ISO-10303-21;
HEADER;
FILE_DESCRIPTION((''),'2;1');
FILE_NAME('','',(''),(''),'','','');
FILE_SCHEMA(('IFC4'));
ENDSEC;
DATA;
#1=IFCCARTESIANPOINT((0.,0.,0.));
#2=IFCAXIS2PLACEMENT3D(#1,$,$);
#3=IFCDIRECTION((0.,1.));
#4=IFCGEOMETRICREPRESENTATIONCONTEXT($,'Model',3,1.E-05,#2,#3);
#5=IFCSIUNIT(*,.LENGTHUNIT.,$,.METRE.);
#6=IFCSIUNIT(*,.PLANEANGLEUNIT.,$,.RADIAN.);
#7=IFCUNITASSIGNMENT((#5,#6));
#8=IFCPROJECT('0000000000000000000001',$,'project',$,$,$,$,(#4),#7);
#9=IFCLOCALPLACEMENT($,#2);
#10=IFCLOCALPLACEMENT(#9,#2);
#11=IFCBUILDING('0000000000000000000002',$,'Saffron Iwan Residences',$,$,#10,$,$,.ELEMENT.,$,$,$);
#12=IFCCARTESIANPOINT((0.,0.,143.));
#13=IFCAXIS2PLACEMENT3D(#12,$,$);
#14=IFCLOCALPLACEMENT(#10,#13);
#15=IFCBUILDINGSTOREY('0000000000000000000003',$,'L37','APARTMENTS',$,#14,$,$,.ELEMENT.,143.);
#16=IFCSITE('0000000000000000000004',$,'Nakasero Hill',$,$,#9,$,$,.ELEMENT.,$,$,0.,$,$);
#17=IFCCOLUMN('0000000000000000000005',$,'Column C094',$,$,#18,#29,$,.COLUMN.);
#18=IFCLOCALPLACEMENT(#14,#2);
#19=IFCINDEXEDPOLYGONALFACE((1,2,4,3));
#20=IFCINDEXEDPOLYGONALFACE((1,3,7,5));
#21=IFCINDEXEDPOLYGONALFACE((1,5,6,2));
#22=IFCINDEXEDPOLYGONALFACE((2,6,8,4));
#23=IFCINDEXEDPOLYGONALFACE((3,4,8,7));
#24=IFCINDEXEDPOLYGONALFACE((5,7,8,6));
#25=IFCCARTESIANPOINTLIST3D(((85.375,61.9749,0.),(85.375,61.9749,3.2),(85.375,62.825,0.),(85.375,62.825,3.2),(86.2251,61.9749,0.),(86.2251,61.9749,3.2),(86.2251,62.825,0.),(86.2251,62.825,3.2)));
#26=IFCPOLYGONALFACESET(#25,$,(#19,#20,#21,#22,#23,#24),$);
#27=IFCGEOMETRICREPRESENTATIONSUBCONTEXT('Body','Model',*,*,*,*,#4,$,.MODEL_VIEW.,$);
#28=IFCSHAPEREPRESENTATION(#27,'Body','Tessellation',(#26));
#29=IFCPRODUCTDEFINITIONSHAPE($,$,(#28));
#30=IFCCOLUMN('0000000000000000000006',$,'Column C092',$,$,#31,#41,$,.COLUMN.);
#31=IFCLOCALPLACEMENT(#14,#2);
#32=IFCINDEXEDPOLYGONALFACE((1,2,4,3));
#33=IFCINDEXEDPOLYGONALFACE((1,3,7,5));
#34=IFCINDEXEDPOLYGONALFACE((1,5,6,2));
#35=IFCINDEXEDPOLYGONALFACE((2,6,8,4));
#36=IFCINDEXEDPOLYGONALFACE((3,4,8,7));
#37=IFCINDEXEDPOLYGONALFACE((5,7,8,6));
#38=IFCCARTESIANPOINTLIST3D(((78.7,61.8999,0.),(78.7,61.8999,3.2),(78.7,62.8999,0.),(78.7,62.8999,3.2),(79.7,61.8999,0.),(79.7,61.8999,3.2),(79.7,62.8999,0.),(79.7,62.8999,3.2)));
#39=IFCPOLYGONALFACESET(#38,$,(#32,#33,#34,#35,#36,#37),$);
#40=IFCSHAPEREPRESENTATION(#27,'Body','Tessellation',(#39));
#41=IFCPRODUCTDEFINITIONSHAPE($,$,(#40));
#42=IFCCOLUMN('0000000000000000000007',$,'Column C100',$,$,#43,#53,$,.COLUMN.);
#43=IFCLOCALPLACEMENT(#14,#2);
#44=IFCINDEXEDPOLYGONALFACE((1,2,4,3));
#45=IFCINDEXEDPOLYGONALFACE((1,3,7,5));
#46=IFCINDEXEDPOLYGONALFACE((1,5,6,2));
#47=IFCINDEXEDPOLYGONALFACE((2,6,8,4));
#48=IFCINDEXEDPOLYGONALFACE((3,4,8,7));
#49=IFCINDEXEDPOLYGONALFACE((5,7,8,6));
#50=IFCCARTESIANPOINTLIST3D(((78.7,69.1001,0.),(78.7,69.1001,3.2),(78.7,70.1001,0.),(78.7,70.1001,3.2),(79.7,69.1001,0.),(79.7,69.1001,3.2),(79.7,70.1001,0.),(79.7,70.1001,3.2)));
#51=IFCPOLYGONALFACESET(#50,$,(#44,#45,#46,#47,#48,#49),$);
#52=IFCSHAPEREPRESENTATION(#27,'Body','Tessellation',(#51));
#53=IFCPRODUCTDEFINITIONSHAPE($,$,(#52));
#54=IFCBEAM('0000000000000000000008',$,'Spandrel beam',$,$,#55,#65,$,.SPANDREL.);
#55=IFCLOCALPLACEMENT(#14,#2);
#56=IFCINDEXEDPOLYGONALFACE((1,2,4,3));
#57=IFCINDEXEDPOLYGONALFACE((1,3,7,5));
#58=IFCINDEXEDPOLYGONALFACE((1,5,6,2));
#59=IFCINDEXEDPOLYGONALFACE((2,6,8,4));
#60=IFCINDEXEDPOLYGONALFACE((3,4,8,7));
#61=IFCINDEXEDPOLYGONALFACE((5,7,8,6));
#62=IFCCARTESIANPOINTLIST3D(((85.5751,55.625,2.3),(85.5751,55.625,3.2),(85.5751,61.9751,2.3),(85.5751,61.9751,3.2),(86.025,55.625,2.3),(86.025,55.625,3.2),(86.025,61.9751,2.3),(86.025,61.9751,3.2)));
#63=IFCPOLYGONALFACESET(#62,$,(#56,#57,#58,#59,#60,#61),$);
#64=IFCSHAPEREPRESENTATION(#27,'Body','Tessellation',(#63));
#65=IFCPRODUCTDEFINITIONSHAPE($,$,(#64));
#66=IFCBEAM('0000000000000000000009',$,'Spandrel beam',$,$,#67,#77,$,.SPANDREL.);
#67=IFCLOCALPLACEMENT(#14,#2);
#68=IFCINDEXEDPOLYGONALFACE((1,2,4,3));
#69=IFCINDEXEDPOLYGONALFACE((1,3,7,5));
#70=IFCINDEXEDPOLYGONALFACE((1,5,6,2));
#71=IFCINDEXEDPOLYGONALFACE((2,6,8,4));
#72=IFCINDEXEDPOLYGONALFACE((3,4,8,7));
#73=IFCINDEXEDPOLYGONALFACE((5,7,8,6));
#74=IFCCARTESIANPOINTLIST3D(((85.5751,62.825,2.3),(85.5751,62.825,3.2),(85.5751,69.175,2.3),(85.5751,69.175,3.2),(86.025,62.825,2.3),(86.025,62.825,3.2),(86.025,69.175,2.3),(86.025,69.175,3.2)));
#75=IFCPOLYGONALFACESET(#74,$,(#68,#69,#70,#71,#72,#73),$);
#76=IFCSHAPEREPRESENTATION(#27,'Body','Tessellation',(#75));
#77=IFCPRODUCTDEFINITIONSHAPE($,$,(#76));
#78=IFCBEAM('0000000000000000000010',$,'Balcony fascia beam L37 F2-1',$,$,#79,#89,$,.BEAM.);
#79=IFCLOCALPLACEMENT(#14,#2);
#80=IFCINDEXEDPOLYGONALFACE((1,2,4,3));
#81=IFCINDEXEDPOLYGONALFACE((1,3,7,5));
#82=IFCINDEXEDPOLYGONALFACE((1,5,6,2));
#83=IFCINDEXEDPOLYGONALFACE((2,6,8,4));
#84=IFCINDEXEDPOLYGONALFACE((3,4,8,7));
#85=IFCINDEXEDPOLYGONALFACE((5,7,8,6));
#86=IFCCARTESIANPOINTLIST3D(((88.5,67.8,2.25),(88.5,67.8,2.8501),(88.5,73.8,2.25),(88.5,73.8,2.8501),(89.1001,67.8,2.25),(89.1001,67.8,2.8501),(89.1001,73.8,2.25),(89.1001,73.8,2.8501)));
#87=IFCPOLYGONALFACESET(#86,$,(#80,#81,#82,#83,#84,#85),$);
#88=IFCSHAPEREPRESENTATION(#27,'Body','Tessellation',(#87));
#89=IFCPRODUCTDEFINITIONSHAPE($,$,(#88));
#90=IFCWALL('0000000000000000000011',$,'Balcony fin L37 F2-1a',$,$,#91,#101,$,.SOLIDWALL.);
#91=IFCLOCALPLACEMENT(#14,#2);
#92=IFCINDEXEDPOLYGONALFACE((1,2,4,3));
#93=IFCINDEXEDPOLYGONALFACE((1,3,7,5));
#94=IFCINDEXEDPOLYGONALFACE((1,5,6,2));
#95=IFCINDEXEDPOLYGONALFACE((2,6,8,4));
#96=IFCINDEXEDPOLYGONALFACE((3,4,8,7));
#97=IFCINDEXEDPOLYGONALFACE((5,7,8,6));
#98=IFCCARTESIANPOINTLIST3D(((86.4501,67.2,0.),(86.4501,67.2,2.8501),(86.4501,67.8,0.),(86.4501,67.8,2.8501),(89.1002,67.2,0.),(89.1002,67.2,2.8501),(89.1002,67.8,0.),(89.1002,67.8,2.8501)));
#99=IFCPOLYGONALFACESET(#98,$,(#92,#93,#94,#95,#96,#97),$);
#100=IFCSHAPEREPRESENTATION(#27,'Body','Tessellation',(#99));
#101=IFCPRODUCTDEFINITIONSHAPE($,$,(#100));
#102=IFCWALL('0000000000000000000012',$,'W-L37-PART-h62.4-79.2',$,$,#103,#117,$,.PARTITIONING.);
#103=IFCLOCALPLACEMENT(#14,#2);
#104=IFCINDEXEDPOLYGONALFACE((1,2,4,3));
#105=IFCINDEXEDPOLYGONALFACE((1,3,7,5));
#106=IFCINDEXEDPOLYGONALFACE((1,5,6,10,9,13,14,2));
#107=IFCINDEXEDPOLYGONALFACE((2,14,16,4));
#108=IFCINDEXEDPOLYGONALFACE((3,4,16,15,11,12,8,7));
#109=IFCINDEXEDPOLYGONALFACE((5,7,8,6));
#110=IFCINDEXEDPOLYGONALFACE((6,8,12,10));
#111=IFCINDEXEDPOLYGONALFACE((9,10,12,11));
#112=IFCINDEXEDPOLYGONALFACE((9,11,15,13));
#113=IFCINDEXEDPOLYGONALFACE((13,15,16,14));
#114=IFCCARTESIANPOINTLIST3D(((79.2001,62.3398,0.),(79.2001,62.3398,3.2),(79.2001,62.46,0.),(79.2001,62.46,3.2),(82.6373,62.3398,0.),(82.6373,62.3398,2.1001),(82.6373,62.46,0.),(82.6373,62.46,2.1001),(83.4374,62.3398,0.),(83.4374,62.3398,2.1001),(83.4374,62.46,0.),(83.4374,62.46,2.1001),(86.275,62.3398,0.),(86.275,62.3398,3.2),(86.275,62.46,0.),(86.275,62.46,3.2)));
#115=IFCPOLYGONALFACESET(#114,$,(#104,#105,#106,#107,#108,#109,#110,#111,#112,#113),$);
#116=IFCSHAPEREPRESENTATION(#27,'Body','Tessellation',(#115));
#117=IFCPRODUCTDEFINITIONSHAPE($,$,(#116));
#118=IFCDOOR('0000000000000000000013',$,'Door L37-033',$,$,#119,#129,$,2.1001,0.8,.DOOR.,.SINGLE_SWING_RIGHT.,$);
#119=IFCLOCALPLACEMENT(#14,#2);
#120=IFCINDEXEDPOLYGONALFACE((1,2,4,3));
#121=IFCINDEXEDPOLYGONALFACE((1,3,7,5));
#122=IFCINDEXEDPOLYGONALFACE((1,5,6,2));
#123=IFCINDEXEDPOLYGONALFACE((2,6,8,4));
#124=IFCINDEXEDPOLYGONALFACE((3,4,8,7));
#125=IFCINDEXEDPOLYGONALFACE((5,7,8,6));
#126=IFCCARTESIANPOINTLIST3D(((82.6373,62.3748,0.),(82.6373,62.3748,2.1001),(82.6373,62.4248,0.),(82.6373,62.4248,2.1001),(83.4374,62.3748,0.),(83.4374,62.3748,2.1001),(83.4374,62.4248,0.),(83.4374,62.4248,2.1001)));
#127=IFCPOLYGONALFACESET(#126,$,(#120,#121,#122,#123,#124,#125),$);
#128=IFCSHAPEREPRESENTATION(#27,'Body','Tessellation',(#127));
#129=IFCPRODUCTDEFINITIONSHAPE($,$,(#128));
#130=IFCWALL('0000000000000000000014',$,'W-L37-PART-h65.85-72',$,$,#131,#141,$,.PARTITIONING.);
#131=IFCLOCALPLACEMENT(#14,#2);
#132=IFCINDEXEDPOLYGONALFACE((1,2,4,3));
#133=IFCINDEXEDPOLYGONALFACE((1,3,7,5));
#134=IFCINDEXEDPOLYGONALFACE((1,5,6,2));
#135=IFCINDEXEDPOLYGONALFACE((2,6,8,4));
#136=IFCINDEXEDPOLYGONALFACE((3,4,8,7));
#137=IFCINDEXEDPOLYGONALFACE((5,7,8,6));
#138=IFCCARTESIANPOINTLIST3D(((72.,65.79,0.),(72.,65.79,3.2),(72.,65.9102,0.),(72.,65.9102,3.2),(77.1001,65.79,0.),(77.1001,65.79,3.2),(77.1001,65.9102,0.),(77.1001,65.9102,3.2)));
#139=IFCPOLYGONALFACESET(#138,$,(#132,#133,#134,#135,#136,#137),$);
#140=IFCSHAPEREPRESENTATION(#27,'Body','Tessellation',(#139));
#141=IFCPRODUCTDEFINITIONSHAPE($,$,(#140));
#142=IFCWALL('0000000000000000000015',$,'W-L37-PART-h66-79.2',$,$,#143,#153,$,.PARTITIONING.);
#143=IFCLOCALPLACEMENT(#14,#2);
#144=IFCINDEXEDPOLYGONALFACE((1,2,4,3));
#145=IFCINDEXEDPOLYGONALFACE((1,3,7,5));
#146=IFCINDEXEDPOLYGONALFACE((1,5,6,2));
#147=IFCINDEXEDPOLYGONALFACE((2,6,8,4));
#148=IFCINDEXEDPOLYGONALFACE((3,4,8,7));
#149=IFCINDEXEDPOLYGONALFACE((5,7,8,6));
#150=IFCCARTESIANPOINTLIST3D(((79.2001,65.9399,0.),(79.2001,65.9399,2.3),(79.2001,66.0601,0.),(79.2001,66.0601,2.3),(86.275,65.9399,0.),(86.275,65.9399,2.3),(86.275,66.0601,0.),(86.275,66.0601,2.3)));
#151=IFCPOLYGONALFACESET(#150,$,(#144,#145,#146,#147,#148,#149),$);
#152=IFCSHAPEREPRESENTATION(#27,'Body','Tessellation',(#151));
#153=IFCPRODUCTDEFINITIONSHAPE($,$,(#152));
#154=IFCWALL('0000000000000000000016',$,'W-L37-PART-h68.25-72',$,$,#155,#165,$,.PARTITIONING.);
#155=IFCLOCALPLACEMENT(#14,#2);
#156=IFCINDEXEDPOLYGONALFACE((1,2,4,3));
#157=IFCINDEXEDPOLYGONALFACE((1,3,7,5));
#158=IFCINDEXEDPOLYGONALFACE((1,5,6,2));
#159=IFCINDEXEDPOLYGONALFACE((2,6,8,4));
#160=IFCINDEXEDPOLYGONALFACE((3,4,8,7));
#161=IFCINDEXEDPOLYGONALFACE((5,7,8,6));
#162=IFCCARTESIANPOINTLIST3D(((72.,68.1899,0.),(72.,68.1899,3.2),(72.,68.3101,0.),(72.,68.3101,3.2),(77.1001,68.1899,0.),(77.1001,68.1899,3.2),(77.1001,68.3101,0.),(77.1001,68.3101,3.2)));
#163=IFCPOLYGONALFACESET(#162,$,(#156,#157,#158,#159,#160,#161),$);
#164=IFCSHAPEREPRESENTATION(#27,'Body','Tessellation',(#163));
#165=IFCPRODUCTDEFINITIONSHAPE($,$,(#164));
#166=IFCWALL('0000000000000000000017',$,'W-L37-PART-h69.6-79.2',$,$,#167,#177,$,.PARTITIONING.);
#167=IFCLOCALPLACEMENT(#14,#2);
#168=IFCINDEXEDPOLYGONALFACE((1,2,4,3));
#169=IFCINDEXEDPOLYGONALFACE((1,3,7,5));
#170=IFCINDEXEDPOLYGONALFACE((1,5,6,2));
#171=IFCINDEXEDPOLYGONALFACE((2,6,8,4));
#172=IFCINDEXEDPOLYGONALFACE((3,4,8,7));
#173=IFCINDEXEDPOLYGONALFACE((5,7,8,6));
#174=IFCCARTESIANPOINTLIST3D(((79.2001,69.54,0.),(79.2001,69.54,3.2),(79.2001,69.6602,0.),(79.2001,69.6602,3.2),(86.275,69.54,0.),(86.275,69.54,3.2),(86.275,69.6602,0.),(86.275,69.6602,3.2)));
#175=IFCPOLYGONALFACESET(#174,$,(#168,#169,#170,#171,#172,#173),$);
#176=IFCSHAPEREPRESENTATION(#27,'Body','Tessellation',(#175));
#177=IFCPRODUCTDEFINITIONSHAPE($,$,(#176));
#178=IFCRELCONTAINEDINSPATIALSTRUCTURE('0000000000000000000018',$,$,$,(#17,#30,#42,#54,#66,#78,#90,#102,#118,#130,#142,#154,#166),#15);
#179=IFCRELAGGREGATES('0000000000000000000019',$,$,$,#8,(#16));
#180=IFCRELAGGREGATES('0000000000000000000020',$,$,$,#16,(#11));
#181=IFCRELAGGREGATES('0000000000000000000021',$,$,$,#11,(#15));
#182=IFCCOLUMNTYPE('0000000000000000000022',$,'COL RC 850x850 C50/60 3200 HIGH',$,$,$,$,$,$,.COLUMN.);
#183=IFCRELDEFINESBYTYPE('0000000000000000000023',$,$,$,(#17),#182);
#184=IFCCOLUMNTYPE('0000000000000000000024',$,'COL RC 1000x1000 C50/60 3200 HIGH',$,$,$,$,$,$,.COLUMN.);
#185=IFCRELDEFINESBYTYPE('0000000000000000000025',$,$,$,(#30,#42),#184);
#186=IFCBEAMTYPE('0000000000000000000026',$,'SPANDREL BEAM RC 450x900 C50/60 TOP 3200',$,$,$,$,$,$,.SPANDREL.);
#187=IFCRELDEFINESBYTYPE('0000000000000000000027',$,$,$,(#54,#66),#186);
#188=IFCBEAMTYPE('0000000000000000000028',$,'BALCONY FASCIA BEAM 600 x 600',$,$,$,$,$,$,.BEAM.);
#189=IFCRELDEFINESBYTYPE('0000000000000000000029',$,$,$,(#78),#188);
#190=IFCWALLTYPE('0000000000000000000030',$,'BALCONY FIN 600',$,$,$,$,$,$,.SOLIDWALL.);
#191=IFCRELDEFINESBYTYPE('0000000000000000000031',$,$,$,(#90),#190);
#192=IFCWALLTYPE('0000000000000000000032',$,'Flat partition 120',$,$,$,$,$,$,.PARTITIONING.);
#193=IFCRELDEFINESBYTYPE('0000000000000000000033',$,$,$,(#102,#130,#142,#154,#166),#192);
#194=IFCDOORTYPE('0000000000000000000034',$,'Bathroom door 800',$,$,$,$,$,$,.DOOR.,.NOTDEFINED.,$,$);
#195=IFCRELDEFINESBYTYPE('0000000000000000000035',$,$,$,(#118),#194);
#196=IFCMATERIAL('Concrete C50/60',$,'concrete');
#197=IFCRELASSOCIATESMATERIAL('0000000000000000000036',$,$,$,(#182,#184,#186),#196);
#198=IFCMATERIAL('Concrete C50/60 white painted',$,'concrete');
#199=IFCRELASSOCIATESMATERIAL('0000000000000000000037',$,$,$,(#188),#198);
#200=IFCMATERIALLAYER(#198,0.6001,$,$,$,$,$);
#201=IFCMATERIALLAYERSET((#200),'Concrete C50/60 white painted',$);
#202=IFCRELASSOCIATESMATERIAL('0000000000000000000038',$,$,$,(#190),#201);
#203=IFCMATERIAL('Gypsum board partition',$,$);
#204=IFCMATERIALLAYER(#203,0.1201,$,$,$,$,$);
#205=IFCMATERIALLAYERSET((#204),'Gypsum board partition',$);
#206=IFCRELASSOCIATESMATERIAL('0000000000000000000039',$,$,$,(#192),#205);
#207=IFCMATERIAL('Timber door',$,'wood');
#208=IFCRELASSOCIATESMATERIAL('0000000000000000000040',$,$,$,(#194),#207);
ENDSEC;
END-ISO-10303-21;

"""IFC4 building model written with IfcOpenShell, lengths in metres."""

from ifc_helpers import new_model, si_unit, direction, frame, frame_2d, origin, origin_2d, place, context, subcontext, project, spatial, rectangle, extrude, source, transform, mapped, material, layer, layer_set, material_profile, profile_set, type_object, element, fill, save


model = new_model("IFC4")

# Units and contexts
model_context = context("Model", 3, precision=1e-05, world=origin(), true_north=direction((0.0, 1.0)))
body_context = subcontext(model_context, "Body", "Model", "MODEL_VIEW")
ifc_project = project(units=[si_unit("LENGTHUNIT", "METRE"), si_unit("PLANEANGLEUNIT", "RADIAN")], contexts=[model_context])

# Site, building, storey
site_placement = place(None, origin())
site = spatial("IfcSite", under=ifc_project, at=site_placement, Name="Nakasero Hill", CompositionType="ELEMENT", RefElevation=0.0)
building_placement = place(site_placement, origin())
building = spatial("IfcBuilding", under=site, at=building_placement, Name="Saffron Iwan Residences", CompositionType="ELEMENT")
storey_placement = place(building_placement, frame((0.0, 0.0, 143.0)))
storey = spatial("IfcBuildingStorey", under=building, at=storey_placement, Name="L37", Description="APARTMENTS", CompositionType="ELEMENT", Elevation=143.0)

# Columns
ifc_material_1 = material(Name="Concrete C50/60", Category="concrete")
ifc_material_profile_1 = material_profile(ifc_material_1, rectangle(XDim=0.8501, YDim=0.8501, at=origin_2d()), Name="RC 850x850")
ifc_profile_set_1 = profile_set([ifc_material_profile_1], Name="Concrete C50/60")
column_type_1 = type_object("IfcColumnType", Name="COL RC 850x850 C50/60 3200 HIGH", PredefinedType="COLUMN", material=ifc_profile_set_1)
shared_shape_1 = source(origin(), body_context, "Body", "SweptSolid", [
    extrude(rectangle(XDim=0.8501, YDim=0.8501, at=origin_2d()), origin(), (0.0, 0.0, 1.0), 3.2),
])
column_placement = place(storey_placement, frame((85.8, 62.3999, 0.0), z_axis=(0.0, 0.0, 1.0), x_axis=(1.0, 0.0, 0.0)))
element("IfcColumn", 1, at=column_placement, inside=storey, type_object=column_type_1, Name="Column C094", PredefinedType="COLUMN", context=body_context, shape_type="MappedRepresentation", body=[
    mapped(shared_shape_1, transform((0.0, 0.0, 0.0))),
])
ifc_material_profile_2 = material_profile(ifc_material_1, rectangle(XDim=1.0, YDim=1.0, at=origin_2d()), Name="RC 1000x1000")
ifc_profile_set_2 = profile_set([ifc_material_profile_2], Name="Concrete C50/60")
column_type_2 = type_object("IfcColumnType", Name="COL RC 1000x1000 C50/60 3200 HIGH", PredefinedType="COLUMN", material=ifc_profile_set_2)
shared_shape_2 = source(origin(), body_context, "Body", "SweptSolid", [
    extrude(rectangle(XDim=1.0, YDim=1.0, at=origin_2d()), origin(), (0.0, 0.0, 1.0), 3.2),
])
for number, where, z_axis, x_axis, name in (
    (2, (79.2, 62.3999, 0.0), (0.0, 0.0, 1.0), (1.0, 0.0, 0.0), "Column C092"),
    (3, (79.2, 69.6001, 0.0), (0.0, 0.0, 1.0), (1.0, 0.0, 0.0), "Column C100"),
):
    element("IfcColumn", number, at=place(storey_placement, frame(where, z_axis=z_axis, x_axis=x_axis)), inside=storey, type_object=column_type_2, Name=name, PredefinedType="COLUMN", context=body_context, shape_type="MappedRepresentation", body=[
        mapped(shared_shape_2, transform((0.0, 0.0, 0.0))),
    ])

# Beams
ifc_material_profile_3 = material_profile(ifc_material_1, rectangle(XDim=0.45, YDim=0.8999, at=origin_2d()), Name="RC 450x900")
ifc_profile_set_3 = profile_set([ifc_material_profile_3], Name="Concrete C50/60")
beam_type_1 = type_object("IfcBeamType", Name="SPANDREL BEAM RC 450x900 C50/60 TOP 3200", PredefinedType="SPANDREL", material=ifc_profile_set_3)
shared_shape_3 = source(origin(), body_context, "Body", "SweptSolid", [
    extrude(rectangle(XDim=0.45, YDim=0.8999, at=origin_2d()), origin(), (0.0, 0.0, 1.0), 6.3501),
])
for number, where, z_axis, x_axis, name in (
    (4, (85.8, 61.9751, 2.75), (0.0, -1.0, 0.0), (1.0, 0.0, 0.0), "Spandrel beam"),
    (5, (85.8, 69.175, 2.75), (0.0, -1.0, 0.0), (1.0, 0.0, 0.0), "Spandrel beam"),
):
    element("IfcBeam", number, at=place(storey_placement, frame(where, z_axis=z_axis, x_axis=x_axis)), inside=storey, type_object=beam_type_1, Name=name, PredefinedType="SPANDREL", context=body_context, shape_type="MappedRepresentation", body=[
        mapped(shared_shape_3, transform((0.0, 0.0, 0.0))),
    ])
ifc_material_2 = material(Name="Concrete C50/60 white painted", Category="concrete")
ifc_material_profile_4 = material_profile(ifc_material_2, rectangle(XDim=0.6001, YDim=0.6001, at=origin_2d()), Name="BALCONY FASCIA BEAM 600 x 600")
ifc_profile_set_4 = profile_set([ifc_material_profile_4], Name="Concrete C50/60 white painted")
beam_type_2 = type_object("IfcBeamType", Name="BALCONY FASCIA BEAM 600 x 600", PredefinedType="BEAM", material=ifc_profile_set_4)
shared_shape_4 = source(origin(), body_context, "Body", "SweptSolid", [
    extrude(rectangle(XDim=0.6001, YDim=0.6001, at=origin_2d()), origin(), (0.0, 0.0, 1.0), 6.0),
])
beam_placement = place(storey_placement, frame((88.8, 67.8, 2.55), z_axis=(0.0, 1.0, 0.0), x_axis=(-1.0, 0.0, 0.0)))
element("IfcBeam", 6, at=beam_placement, inside=storey, type_object=beam_type_2, Name="Balcony fascia beam L37 F2-1", PredefinedType="BEAM", context=body_context, shape_type="MappedRepresentation", body=[
    mapped(shared_shape_4, transform((0.0, 0.0, 0.0))),
])

# Wall
ifc_layer_1 = layer(ifc_material_2, 0.6001)
ifc_layer_set_1 = layer_set([ifc_layer_1], Name="Concrete C50/60 white painted")
wall_type_1 = type_object("IfcWallType", Name="BALCONY FIN 600", PredefinedType="SOLIDWALL", material=ifc_layer_set_1)
wall_1_placement = place(storey_placement, frame((86.45, 67.5, 0.0), z_axis=(0.0, 0.0, 1.0), x_axis=(1.0, 0.0, 0.0)))
element("IfcWall", 7, at=wall_1_placement, inside=storey, type_object=wall_type_1, Name="Balcony fin L37 F2-1a", PredefinedType="SOLIDWALL", context=body_context, shape_type="SweptSolid", body=[
    extrude(rectangle(XDim=2.6501, YDim=0.6001, at=frame_2d((1.3252, 0.0))), origin(), (0.0, 0.0, 1.0), 2.8501),
])

# Wall, opening, door
ifc_material_3 = material(Name="Gypsum board partition")
ifc_layer_2 = layer(ifc_material_3, 0.1201)
ifc_layer_set_2 = layer_set([ifc_layer_2], Name="Gypsum board partition")
wall_type_2 = type_object("IfcWallType", Name="Flat partition 120", PredefinedType="PARTITIONING", material=ifc_layer_set_2)
wall_2_placement = place(storey_placement, frame((79.2, 62.3999, 0.0), z_axis=(0.0, 0.0, 1.0), x_axis=(1.0, 0.0, 0.0)))
wall_2 = element("IfcWall", 8, at=wall_2_placement, inside=storey, type_object=wall_type_2, Name="W-L37-PART-h62.4-79.2", PredefinedType="PARTITIONING", context=body_context, shape_type="SweptSolid", body=[
    extrude(rectangle(XDim=7.075, YDim=0.1201, at=frame_2d((3.5376, 0.0))), origin(), (0.0, 0.0, 1.0), 3.2),
])
opening_1_placement = place(wall_2_placement, frame((3.4375, 0.0, 0.0)))
opening_1 = element("IfcOpeningElement", 9, at=opening_1_placement, cuts=wall_2, PredefinedType="OPENING", context=body_context, shape_type="SweptSolid", body=[
    extrude(rectangle(XDim=0.8, YDim=2.1001, at=frame_2d((0.3999, 1.05))), frame((0.0, 0.0701, 0.0), z_axis=(0.0, -1.0, 0.0), x_axis=(1.0, 0.0, 0.0)), (0.0, 0.0, 1.0), 0.1401),
])
ifc_material_4 = material(Name="Timber door", Category="wood")
door_type_1 = type_object("IfcDoorType", Name="Bathroom door 800", OperationType="NOTDEFINED", PredefinedType="DOOR", material=ifc_material_4)
door_1_placement = place(opening_1_placement, origin())
door_1 = element("IfcDoor", 10, at=door_1_placement, inside=storey, type_object=door_type_1, Name="Door L37-033", OperationType="SINGLE_SWING_RIGHT", OverallHeight=2.1001, OverallWidth=0.8, PredefinedType="DOOR", context=body_context, shape_type="SweptSolid", body=[
    extrude(rectangle(XDim=0.8, YDim=2.1001, at=frame_2d((0.3999, 1.05))), frame((0.0, 0.0249, 0.0), z_axis=(0.0, -1.0, 0.0), x_axis=(1.0, 0.0, 0.0)), (0.0, 0.0, 1.0), 0.05),
])
fill(opening_1, door_1)

# Walls
wall_3_placement = place(storey_placement, frame((72.0, 65.8501, 0.0), z_axis=(0.0, 0.0, 1.0), x_axis=(1.0, 0.0, 0.0)))
element("IfcWall", 11, at=wall_3_placement, inside=storey, type_object=wall_type_2, Name="W-L37-PART-h65.85-72", PredefinedType="PARTITIONING", context=body_context, shape_type="SweptSolid", body=[
    extrude(rectangle(XDim=5.1001, YDim=0.1201, at=frame_2d((2.55, 0.0))), origin(), (0.0, 0.0, 1.0), 3.2),
])
wall_4_placement = place(storey_placement, frame((79.2, 66.0, 0.0), z_axis=(0.0, 0.0, 1.0), x_axis=(1.0, 0.0, 0.0)))
element("IfcWall", 12, at=wall_4_placement, inside=storey, type_object=wall_type_2, Name="W-L37-PART-h66-79.2", PredefinedType="PARTITIONING", context=body_context, shape_type="SweptSolid", body=[
    extrude(rectangle(XDim=7.075, YDim=0.1201, at=frame_2d((3.5376, 0.0))), origin(), (0.0, 0.0, 1.0), 2.3),
])
wall_5_placement = place(storey_placement, frame((72.0, 68.25, 0.0), z_axis=(0.0, 0.0, 1.0), x_axis=(1.0, 0.0, 0.0)))
element("IfcWall", 13, at=wall_5_placement, inside=storey, type_object=wall_type_2, Name="W-L37-PART-h68.25-72", PredefinedType="PARTITIONING", context=body_context, shape_type="SweptSolid", body=[
    extrude(rectangle(XDim=5.1001, YDim=0.1201, at=frame_2d((2.55, 0.0))), origin(), (0.0, 0.0, 1.0), 3.2),
])
wall_6_placement = place(storey_placement, frame((79.2, 69.6001, 0.0), z_axis=(0.0, 0.0, 1.0), x_axis=(1.0, 0.0, 0.0)))
element("IfcWall", 14, at=wall_6_placement, inside=storey, type_object=wall_type_2, Name="W-L37-PART-h69.6-79.2", PredefinedType="PARTITIONING", context=body_context, shape_type="SweptSolid", body=[
    extrude(rectangle(XDim=7.075, YDim=0.1201, at=frame_2d((3.5376, 0.0))), origin(), (0.0, 0.0, 1.0), 3.2),
])

save(model, "model.ifc")
